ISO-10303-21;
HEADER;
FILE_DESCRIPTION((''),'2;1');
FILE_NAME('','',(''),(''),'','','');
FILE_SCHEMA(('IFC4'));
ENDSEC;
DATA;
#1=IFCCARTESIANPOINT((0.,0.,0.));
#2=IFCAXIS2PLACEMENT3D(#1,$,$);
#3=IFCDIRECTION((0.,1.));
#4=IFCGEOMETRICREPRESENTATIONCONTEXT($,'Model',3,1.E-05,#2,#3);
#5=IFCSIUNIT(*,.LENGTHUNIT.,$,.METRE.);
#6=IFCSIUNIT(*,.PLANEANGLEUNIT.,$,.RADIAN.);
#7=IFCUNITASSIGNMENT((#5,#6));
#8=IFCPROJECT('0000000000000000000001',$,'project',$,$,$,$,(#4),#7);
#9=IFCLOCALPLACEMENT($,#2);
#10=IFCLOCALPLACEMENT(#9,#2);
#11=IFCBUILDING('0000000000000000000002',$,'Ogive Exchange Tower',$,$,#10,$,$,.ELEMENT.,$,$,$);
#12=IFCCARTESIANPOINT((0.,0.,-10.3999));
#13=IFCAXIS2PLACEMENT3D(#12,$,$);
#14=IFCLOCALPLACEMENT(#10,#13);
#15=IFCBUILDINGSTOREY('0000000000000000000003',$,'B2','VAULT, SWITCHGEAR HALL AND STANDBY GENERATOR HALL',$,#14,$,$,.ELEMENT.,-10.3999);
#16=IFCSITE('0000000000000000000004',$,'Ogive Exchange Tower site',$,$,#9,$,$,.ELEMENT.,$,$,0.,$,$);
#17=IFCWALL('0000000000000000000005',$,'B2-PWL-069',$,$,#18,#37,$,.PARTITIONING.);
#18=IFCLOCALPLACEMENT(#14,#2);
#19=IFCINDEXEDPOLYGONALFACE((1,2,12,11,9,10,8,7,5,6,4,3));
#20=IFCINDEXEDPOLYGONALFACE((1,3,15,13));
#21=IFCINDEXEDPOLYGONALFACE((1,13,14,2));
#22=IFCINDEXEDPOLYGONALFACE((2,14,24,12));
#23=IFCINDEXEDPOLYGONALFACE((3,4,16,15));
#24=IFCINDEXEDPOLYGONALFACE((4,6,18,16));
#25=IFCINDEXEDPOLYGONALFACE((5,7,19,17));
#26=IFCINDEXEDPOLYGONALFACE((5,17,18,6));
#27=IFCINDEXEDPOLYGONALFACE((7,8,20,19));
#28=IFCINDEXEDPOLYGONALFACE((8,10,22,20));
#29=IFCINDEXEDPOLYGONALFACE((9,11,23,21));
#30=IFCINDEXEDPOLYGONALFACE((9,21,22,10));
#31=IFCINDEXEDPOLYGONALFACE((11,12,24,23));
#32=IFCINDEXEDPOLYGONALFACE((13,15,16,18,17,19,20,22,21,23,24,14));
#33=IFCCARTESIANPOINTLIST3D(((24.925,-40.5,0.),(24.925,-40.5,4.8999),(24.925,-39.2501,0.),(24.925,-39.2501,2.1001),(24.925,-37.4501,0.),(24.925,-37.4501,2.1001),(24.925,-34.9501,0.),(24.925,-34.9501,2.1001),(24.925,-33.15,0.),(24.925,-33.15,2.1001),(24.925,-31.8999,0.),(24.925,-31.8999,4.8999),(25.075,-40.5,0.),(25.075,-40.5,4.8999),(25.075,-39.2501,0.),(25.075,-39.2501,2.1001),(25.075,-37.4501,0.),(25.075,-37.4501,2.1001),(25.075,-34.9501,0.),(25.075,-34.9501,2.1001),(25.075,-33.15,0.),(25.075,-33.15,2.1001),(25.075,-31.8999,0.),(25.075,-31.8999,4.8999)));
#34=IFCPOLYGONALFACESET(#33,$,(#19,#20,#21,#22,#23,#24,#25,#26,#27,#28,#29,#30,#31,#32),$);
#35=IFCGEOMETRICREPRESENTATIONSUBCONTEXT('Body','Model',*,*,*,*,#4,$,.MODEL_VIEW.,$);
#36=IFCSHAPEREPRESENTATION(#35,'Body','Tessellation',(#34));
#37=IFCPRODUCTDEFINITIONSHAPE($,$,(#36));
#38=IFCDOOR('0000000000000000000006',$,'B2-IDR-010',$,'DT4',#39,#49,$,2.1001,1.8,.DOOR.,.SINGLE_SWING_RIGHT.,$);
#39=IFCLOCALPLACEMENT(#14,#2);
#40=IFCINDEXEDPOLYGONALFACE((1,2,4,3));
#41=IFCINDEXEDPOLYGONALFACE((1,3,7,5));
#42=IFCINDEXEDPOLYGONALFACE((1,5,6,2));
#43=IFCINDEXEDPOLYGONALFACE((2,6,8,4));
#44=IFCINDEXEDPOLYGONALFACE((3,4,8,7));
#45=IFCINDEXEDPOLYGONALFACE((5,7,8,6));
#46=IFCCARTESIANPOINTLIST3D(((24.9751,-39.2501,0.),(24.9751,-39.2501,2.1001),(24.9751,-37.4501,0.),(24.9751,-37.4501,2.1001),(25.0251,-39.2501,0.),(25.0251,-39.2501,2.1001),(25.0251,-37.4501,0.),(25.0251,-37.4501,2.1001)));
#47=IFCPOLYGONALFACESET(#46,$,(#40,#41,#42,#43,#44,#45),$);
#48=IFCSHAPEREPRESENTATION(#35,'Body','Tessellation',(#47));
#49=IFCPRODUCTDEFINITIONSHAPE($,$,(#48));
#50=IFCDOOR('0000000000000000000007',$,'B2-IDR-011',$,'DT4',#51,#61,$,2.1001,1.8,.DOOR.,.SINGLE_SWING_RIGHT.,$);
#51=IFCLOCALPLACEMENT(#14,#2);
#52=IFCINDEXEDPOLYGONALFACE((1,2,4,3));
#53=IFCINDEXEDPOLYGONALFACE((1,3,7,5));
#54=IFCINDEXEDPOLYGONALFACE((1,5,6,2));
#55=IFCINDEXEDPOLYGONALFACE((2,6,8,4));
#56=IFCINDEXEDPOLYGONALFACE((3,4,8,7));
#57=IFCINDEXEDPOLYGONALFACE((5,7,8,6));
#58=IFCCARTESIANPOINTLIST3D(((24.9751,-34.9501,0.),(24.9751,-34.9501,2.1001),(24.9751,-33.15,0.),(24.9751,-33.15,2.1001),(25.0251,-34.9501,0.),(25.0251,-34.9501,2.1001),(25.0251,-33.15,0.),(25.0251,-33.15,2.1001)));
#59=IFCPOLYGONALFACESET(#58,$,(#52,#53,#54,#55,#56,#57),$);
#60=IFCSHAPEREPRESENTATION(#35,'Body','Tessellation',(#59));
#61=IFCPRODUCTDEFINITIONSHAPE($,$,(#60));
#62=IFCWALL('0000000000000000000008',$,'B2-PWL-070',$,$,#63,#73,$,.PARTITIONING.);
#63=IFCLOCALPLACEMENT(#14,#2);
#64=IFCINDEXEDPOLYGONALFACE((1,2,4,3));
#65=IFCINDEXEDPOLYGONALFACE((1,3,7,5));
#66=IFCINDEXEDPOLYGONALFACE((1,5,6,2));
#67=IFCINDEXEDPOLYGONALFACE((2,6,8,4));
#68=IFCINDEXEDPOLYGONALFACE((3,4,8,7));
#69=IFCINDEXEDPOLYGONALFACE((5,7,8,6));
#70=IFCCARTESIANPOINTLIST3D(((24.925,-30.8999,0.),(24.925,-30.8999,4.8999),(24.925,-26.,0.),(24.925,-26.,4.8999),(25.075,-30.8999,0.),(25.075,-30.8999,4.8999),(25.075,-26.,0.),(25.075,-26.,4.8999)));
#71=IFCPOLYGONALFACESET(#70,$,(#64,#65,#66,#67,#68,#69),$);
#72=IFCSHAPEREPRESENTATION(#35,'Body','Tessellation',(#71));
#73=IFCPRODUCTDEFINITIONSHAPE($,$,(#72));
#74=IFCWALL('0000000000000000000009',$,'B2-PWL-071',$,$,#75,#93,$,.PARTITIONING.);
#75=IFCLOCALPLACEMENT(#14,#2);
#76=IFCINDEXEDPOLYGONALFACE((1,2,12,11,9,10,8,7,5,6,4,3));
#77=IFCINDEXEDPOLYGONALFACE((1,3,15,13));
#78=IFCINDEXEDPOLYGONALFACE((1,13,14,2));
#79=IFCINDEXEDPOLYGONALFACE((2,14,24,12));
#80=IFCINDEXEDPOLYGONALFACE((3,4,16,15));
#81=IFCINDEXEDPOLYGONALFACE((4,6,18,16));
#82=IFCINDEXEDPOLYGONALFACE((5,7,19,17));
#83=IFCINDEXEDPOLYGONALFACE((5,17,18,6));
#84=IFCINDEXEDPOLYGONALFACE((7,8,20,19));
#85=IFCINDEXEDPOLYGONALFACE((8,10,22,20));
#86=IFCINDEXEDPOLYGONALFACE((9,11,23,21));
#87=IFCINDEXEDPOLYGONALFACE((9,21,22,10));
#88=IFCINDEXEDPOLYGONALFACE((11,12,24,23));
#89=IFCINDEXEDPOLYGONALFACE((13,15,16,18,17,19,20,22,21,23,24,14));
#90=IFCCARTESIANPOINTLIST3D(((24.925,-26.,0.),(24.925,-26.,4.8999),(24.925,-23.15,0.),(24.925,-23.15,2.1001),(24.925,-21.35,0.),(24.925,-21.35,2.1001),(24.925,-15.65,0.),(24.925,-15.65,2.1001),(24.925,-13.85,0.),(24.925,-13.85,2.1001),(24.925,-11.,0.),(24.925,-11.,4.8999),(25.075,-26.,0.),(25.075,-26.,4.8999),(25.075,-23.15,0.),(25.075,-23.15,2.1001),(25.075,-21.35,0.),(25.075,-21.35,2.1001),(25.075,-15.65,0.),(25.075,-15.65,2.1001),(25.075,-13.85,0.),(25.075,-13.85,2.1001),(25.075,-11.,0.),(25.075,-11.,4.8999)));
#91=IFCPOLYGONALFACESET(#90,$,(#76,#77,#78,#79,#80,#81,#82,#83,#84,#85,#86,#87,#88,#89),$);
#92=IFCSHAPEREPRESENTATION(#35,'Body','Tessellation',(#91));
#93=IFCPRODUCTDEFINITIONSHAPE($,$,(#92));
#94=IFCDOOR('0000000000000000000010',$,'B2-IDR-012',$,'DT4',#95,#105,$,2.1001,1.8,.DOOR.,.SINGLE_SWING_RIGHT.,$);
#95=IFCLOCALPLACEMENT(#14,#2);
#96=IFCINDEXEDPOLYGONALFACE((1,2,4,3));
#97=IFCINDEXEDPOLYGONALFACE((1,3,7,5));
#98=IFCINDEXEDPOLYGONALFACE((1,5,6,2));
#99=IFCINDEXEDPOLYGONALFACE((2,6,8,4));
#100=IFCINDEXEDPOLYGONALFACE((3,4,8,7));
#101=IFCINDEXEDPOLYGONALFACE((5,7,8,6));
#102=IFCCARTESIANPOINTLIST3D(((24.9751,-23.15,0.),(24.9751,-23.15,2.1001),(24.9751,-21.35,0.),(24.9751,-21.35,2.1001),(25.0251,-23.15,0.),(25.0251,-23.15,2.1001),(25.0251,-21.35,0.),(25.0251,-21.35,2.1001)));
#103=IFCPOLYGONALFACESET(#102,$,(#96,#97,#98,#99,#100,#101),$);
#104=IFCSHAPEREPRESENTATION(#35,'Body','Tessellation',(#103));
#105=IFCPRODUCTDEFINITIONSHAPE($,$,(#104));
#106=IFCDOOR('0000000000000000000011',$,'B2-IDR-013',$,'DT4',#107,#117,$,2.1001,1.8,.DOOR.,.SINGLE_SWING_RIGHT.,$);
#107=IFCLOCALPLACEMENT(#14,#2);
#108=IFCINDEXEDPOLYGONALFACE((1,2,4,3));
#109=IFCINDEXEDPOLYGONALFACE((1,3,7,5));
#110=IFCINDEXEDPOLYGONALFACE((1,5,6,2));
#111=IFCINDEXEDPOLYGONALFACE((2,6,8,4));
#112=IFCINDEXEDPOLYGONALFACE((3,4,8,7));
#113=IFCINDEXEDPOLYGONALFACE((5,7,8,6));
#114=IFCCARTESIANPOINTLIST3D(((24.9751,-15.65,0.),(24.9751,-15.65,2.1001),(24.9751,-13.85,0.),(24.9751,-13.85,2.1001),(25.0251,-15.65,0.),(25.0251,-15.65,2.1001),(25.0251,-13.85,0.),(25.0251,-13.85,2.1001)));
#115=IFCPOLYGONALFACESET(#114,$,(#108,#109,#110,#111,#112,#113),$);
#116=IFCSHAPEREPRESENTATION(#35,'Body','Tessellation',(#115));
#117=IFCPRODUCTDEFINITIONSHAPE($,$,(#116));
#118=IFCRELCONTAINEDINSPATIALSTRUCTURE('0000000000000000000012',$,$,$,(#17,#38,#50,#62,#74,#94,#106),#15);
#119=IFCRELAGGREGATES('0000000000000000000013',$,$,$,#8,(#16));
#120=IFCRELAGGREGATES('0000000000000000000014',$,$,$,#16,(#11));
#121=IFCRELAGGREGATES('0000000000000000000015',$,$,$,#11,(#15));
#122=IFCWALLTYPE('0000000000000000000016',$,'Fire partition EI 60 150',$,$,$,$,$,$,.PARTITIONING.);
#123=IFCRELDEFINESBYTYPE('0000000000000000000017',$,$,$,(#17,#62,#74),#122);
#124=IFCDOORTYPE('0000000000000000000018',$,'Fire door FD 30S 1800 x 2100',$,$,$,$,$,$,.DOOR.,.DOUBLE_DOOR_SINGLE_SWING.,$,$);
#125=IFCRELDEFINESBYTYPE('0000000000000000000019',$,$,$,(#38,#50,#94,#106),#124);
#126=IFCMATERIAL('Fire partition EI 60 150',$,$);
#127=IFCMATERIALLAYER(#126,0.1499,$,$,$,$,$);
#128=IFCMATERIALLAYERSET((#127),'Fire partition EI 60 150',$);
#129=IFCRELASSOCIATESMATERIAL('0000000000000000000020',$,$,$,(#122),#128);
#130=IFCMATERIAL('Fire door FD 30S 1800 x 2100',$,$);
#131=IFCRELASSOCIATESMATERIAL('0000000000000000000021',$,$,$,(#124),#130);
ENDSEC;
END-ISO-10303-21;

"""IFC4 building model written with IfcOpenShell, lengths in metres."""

from ifc_helpers import new_model, si_unit, direction, frame, frame_2d, origin, place, context, subcontext, project, spatial, rectangle, extrude, material, layer, layer_set, type_object, element, fill, save


model = new_model("IFC4")

# Units and contexts
model_context = context("Model", 3, precision=1e-05, world=origin(), true_north=direction((0.0, 1.0)))
body_context = subcontext(model_context, "Body", "Model", "MODEL_VIEW")
ifc_project = project(units=[si_unit("LENGTHUNIT", "METRE"), si_unit("PLANEANGLEUNIT", "RADIAN")], contexts=[model_context])

# Site, building, storey
site_placement = place(None, origin())
site = spatial("IfcSite", under=ifc_project, at=site_placement, Name="Ogive Exchange Tower site", CompositionType="ELEMENT", RefElevation=0.0)
building_placement = place(site_placement, origin())
building = spatial("IfcBuilding", under=site, at=building_placement, Name="Ogive Exchange Tower", CompositionType="ELEMENT")
storey_placement = place(building_placement, frame((0.0, 0.0, -10.3999)))
storey = spatial("IfcBuildingStorey", under=building, at=storey_placement, Name="B2", Description="VAULT, SWITCHGEAR HALL AND STANDBY GENERATOR HALL", CompositionType="ELEMENT", Elevation=-10.3999)

# Shared definitions
ifc_material_1 = material(Name="Fire partition EI 60 150")
ifc_layer_1 = layer(ifc_material_1, 0.1499)
ifc_layer_set_1 = layer_set([ifc_layer_1], Name="Fire partition EI 60 150")
wall_type_1 = type_object("IfcWallType", Name="Fire partition EI 60 150", PredefinedType="PARTITIONING", material=ifc_layer_set_1)

# Shared definitions
ifc_material_2 = material(Name="Fire door FD 30S 1800 x 2100")
door_type = type_object("IfcDoorType", Name="Fire door FD 30S 1800 x 2100", OperationType="DOUBLE_DOOR_SINGLE_SWING", PredefinedType="DOOR", material=ifc_material_2)

# Wall, openings, doors
wall_1_placement = place(storey_placement, frame((25.0, -40.5, 0.0), z_axis=(0.0, 0.0, 1.0), x_axis=(0.0, 1.0, 0.0)))
wall_1 = element("IfcWall", 1, at=wall_1_placement, inside=storey, type_object=wall_type_1, Name="B2-PWL-069", PredefinedType="PARTITIONING", context=body_context, shape_type="SweptSolid", body=[
    extrude(rectangle(XDim=8.6001, YDim=0.1499, at=frame_2d((4.3, 0.0))), origin(), (0.0, 0.0, 1.0), 4.8999),
])
opening_1_placement = place(wall_1_placement, frame((1.25, 0.0, 0.0)))
opening_1 = element("IfcOpeningElement", 2, at=opening_1_placement, cuts=wall_1, PredefinedType="OPENING", context=body_context, shape_type="SweptSolid", body=[
    extrude(rectangle(XDim=1.8, YDim=2.1001, at=frame_2d((0.8999, 1.05))), frame((0.0, 0.085, 0.0), z_axis=(0.0, -1.0, 0.0), x_axis=(1.0, 0.0, 0.0)), (0.0, 0.0, 1.0), 0.1699),
])
opening_2_placement = place(wall_1_placement, frame((5.55, 0.0, 0.0)))
opening_2 = element("IfcOpeningElement", 3, at=opening_2_placement, cuts=wall_1, PredefinedType="OPENING", context=body_context, shape_type="SweptSolid", body=[
    extrude(rectangle(XDim=1.8, YDim=2.1001, at=frame_2d((0.8999, 1.05))), frame((0.0, 0.085, 0.0), z_axis=(0.0, -1.0, 0.0), x_axis=(1.0, 0.0, 0.0)), (0.0, 0.0, 1.0), 0.1699),
])
door_1_placement = place(opening_1_placement, origin())
door_1 = element("IfcDoor", 4, at=door_1_placement, inside=storey, type_object=door_type, Name="B2-IDR-010", ObjectType="DT4", OperationType="SINGLE_SWING_RIGHT", OverallHeight=2.1001, OverallWidth=1.8, PredefinedType="DOOR", context=body_context, shape_type="SweptSolid", body=[
    extrude(rectangle(XDim=1.8, YDim=2.1001, at=frame_2d((0.8999, 1.05))), frame((0.0, 0.0249, 0.0), z_axis=(0.0, -1.0, 0.0), x_axis=(1.0, 0.0, 0.0)), (0.0, 0.0, 1.0), 0.05),
])
fill(opening_1, door_1)
door_2_placement = place(opening_2_placement, origin())
door_2 = element("IfcDoor", 5, at=door_2_placement, inside=storey, type_object=door_type, Name="B2-IDR-011", ObjectType="DT4", OperationType="SINGLE_SWING_RIGHT", OverallHeight=2.1001, OverallWidth=1.8, PredefinedType="DOOR", context=body_context, shape_type="SweptSolid", body=[
    extrude(rectangle(XDim=1.8, YDim=2.1001, at=frame_2d((0.8999, 1.05))), frame((0.0, 0.0249, 0.0), z_axis=(0.0, -1.0, 0.0), x_axis=(1.0, 0.0, 0.0)), (0.0, 0.0, 1.0), 0.05),
])
fill(opening_2, door_2)

# Wall
wall_2_placement = place(storey_placement, frame((25.0, -30.8999, 0.0), z_axis=(0.0, 0.0, 1.0), x_axis=(0.0, 1.0, 0.0)))
element("IfcWall", 6, at=wall_2_placement, inside=storey, type_object=wall_type_1, Name="B2-PWL-070", PredefinedType="PARTITIONING", context=body_context, shape_type="SweptSolid", body=[
    extrude(rectangle(XDim=4.8999, YDim=0.1499, at=frame_2d((2.45, 0.0))), origin(), (0.0, 0.0, 1.0), 4.8999),
])

# Wall, openings, doors
wall_3_placement = place(storey_placement, frame((25.0, -26.0, 0.0), z_axis=(0.0, 0.0, 1.0), x_axis=(0.0, 1.0, 0.0)))
wall_3 = element("IfcWall", 7, at=wall_3_placement, inside=storey, type_object=wall_type_1, Name="B2-PWL-071", PredefinedType="PARTITIONING", context=body_context, shape_type="SweptSolid", body=[
    extrude(rectangle(XDim=15.0, YDim=0.1499, at=frame_2d((7.5, 0.0))), origin(), (0.0, 0.0, 1.0), 4.8999),
])
opening_3_placement = place(wall_3_placement, frame((2.8501, 0.0, 0.0)))
opening_3 = element("IfcOpeningElement", 8, at=opening_3_placement, cuts=wall_3, PredefinedType="OPENING", context=body_context, shape_type="SweptSolid", body=[
    extrude(rectangle(XDim=1.8, YDim=2.1001, at=frame_2d((0.8999, 1.05))), frame((0.0, 0.085, 0.0), z_axis=(0.0, -1.0, 0.0), x_axis=(1.0, 0.0, 0.0)), (0.0, 0.0, 1.0), 0.1699),
])
opening_4_placement = place(wall_3_placement, frame((10.3501, 0.0, 0.0)))
opening_4 = element("IfcOpeningElement", 9, at=opening_4_placement, cuts=wall_3, PredefinedType="OPENING", context=body_context, shape_type="SweptSolid", body=[
    extrude(rectangle(XDim=1.8, YDim=2.1001, at=frame_2d((0.8999, 1.05))), frame((0.0, 0.085, 0.0), z_axis=(0.0, -1.0, 0.0), x_axis=(1.0, 0.0, 0.0)), (0.0, 0.0, 1.0), 0.1699),
])
door_3_placement = place(opening_3_placement, origin())
door_3 = element("IfcDoor", 10, at=door_3_placement, inside=storey, type_object=door_type, Name="B2-IDR-012", ObjectType="DT4", OperationType="SINGLE_SWING_RIGHT", OverallHeight=2.1001, OverallWidth=1.8, PredefinedType="DOOR", context=body_context, shape_type="SweptSolid", body=[
    extrude(rectangle(XDim=1.8, YDim=2.1001, at=frame_2d((0.8999, 1.05))), frame((0.0, 0.0249, 0.0), z_axis=(0.0, -1.0, 0.0), x_axis=(1.0, 0.0, 0.0)), (0.0, 0.0, 1.0), 0.05),
])
fill(opening_3, door_3)
door_4_placement = place(opening_4_placement, origin())
door_4 = element("IfcDoor", 11, at=door_4_placement, inside=storey, type_object=door_type, Name="B2-IDR-013", ObjectType="DT4", OperationType="SINGLE_SWING_RIGHT", OverallHeight=2.1001, OverallWidth=1.8, PredefinedType="DOOR", context=body_context, shape_type="SweptSolid", body=[
    extrude(rectangle(XDim=1.8, YDim=2.1001, at=frame_2d((0.8999, 1.05))), frame((0.0, 0.0249, 0.0), z_axis=(0.0, -1.0, 0.0), x_axis=(1.0, 0.0, 0.0)), (0.0, 0.0, 1.0), 0.05),
])
fill(opening_4, door_4)

save(model, "model.ifc")
